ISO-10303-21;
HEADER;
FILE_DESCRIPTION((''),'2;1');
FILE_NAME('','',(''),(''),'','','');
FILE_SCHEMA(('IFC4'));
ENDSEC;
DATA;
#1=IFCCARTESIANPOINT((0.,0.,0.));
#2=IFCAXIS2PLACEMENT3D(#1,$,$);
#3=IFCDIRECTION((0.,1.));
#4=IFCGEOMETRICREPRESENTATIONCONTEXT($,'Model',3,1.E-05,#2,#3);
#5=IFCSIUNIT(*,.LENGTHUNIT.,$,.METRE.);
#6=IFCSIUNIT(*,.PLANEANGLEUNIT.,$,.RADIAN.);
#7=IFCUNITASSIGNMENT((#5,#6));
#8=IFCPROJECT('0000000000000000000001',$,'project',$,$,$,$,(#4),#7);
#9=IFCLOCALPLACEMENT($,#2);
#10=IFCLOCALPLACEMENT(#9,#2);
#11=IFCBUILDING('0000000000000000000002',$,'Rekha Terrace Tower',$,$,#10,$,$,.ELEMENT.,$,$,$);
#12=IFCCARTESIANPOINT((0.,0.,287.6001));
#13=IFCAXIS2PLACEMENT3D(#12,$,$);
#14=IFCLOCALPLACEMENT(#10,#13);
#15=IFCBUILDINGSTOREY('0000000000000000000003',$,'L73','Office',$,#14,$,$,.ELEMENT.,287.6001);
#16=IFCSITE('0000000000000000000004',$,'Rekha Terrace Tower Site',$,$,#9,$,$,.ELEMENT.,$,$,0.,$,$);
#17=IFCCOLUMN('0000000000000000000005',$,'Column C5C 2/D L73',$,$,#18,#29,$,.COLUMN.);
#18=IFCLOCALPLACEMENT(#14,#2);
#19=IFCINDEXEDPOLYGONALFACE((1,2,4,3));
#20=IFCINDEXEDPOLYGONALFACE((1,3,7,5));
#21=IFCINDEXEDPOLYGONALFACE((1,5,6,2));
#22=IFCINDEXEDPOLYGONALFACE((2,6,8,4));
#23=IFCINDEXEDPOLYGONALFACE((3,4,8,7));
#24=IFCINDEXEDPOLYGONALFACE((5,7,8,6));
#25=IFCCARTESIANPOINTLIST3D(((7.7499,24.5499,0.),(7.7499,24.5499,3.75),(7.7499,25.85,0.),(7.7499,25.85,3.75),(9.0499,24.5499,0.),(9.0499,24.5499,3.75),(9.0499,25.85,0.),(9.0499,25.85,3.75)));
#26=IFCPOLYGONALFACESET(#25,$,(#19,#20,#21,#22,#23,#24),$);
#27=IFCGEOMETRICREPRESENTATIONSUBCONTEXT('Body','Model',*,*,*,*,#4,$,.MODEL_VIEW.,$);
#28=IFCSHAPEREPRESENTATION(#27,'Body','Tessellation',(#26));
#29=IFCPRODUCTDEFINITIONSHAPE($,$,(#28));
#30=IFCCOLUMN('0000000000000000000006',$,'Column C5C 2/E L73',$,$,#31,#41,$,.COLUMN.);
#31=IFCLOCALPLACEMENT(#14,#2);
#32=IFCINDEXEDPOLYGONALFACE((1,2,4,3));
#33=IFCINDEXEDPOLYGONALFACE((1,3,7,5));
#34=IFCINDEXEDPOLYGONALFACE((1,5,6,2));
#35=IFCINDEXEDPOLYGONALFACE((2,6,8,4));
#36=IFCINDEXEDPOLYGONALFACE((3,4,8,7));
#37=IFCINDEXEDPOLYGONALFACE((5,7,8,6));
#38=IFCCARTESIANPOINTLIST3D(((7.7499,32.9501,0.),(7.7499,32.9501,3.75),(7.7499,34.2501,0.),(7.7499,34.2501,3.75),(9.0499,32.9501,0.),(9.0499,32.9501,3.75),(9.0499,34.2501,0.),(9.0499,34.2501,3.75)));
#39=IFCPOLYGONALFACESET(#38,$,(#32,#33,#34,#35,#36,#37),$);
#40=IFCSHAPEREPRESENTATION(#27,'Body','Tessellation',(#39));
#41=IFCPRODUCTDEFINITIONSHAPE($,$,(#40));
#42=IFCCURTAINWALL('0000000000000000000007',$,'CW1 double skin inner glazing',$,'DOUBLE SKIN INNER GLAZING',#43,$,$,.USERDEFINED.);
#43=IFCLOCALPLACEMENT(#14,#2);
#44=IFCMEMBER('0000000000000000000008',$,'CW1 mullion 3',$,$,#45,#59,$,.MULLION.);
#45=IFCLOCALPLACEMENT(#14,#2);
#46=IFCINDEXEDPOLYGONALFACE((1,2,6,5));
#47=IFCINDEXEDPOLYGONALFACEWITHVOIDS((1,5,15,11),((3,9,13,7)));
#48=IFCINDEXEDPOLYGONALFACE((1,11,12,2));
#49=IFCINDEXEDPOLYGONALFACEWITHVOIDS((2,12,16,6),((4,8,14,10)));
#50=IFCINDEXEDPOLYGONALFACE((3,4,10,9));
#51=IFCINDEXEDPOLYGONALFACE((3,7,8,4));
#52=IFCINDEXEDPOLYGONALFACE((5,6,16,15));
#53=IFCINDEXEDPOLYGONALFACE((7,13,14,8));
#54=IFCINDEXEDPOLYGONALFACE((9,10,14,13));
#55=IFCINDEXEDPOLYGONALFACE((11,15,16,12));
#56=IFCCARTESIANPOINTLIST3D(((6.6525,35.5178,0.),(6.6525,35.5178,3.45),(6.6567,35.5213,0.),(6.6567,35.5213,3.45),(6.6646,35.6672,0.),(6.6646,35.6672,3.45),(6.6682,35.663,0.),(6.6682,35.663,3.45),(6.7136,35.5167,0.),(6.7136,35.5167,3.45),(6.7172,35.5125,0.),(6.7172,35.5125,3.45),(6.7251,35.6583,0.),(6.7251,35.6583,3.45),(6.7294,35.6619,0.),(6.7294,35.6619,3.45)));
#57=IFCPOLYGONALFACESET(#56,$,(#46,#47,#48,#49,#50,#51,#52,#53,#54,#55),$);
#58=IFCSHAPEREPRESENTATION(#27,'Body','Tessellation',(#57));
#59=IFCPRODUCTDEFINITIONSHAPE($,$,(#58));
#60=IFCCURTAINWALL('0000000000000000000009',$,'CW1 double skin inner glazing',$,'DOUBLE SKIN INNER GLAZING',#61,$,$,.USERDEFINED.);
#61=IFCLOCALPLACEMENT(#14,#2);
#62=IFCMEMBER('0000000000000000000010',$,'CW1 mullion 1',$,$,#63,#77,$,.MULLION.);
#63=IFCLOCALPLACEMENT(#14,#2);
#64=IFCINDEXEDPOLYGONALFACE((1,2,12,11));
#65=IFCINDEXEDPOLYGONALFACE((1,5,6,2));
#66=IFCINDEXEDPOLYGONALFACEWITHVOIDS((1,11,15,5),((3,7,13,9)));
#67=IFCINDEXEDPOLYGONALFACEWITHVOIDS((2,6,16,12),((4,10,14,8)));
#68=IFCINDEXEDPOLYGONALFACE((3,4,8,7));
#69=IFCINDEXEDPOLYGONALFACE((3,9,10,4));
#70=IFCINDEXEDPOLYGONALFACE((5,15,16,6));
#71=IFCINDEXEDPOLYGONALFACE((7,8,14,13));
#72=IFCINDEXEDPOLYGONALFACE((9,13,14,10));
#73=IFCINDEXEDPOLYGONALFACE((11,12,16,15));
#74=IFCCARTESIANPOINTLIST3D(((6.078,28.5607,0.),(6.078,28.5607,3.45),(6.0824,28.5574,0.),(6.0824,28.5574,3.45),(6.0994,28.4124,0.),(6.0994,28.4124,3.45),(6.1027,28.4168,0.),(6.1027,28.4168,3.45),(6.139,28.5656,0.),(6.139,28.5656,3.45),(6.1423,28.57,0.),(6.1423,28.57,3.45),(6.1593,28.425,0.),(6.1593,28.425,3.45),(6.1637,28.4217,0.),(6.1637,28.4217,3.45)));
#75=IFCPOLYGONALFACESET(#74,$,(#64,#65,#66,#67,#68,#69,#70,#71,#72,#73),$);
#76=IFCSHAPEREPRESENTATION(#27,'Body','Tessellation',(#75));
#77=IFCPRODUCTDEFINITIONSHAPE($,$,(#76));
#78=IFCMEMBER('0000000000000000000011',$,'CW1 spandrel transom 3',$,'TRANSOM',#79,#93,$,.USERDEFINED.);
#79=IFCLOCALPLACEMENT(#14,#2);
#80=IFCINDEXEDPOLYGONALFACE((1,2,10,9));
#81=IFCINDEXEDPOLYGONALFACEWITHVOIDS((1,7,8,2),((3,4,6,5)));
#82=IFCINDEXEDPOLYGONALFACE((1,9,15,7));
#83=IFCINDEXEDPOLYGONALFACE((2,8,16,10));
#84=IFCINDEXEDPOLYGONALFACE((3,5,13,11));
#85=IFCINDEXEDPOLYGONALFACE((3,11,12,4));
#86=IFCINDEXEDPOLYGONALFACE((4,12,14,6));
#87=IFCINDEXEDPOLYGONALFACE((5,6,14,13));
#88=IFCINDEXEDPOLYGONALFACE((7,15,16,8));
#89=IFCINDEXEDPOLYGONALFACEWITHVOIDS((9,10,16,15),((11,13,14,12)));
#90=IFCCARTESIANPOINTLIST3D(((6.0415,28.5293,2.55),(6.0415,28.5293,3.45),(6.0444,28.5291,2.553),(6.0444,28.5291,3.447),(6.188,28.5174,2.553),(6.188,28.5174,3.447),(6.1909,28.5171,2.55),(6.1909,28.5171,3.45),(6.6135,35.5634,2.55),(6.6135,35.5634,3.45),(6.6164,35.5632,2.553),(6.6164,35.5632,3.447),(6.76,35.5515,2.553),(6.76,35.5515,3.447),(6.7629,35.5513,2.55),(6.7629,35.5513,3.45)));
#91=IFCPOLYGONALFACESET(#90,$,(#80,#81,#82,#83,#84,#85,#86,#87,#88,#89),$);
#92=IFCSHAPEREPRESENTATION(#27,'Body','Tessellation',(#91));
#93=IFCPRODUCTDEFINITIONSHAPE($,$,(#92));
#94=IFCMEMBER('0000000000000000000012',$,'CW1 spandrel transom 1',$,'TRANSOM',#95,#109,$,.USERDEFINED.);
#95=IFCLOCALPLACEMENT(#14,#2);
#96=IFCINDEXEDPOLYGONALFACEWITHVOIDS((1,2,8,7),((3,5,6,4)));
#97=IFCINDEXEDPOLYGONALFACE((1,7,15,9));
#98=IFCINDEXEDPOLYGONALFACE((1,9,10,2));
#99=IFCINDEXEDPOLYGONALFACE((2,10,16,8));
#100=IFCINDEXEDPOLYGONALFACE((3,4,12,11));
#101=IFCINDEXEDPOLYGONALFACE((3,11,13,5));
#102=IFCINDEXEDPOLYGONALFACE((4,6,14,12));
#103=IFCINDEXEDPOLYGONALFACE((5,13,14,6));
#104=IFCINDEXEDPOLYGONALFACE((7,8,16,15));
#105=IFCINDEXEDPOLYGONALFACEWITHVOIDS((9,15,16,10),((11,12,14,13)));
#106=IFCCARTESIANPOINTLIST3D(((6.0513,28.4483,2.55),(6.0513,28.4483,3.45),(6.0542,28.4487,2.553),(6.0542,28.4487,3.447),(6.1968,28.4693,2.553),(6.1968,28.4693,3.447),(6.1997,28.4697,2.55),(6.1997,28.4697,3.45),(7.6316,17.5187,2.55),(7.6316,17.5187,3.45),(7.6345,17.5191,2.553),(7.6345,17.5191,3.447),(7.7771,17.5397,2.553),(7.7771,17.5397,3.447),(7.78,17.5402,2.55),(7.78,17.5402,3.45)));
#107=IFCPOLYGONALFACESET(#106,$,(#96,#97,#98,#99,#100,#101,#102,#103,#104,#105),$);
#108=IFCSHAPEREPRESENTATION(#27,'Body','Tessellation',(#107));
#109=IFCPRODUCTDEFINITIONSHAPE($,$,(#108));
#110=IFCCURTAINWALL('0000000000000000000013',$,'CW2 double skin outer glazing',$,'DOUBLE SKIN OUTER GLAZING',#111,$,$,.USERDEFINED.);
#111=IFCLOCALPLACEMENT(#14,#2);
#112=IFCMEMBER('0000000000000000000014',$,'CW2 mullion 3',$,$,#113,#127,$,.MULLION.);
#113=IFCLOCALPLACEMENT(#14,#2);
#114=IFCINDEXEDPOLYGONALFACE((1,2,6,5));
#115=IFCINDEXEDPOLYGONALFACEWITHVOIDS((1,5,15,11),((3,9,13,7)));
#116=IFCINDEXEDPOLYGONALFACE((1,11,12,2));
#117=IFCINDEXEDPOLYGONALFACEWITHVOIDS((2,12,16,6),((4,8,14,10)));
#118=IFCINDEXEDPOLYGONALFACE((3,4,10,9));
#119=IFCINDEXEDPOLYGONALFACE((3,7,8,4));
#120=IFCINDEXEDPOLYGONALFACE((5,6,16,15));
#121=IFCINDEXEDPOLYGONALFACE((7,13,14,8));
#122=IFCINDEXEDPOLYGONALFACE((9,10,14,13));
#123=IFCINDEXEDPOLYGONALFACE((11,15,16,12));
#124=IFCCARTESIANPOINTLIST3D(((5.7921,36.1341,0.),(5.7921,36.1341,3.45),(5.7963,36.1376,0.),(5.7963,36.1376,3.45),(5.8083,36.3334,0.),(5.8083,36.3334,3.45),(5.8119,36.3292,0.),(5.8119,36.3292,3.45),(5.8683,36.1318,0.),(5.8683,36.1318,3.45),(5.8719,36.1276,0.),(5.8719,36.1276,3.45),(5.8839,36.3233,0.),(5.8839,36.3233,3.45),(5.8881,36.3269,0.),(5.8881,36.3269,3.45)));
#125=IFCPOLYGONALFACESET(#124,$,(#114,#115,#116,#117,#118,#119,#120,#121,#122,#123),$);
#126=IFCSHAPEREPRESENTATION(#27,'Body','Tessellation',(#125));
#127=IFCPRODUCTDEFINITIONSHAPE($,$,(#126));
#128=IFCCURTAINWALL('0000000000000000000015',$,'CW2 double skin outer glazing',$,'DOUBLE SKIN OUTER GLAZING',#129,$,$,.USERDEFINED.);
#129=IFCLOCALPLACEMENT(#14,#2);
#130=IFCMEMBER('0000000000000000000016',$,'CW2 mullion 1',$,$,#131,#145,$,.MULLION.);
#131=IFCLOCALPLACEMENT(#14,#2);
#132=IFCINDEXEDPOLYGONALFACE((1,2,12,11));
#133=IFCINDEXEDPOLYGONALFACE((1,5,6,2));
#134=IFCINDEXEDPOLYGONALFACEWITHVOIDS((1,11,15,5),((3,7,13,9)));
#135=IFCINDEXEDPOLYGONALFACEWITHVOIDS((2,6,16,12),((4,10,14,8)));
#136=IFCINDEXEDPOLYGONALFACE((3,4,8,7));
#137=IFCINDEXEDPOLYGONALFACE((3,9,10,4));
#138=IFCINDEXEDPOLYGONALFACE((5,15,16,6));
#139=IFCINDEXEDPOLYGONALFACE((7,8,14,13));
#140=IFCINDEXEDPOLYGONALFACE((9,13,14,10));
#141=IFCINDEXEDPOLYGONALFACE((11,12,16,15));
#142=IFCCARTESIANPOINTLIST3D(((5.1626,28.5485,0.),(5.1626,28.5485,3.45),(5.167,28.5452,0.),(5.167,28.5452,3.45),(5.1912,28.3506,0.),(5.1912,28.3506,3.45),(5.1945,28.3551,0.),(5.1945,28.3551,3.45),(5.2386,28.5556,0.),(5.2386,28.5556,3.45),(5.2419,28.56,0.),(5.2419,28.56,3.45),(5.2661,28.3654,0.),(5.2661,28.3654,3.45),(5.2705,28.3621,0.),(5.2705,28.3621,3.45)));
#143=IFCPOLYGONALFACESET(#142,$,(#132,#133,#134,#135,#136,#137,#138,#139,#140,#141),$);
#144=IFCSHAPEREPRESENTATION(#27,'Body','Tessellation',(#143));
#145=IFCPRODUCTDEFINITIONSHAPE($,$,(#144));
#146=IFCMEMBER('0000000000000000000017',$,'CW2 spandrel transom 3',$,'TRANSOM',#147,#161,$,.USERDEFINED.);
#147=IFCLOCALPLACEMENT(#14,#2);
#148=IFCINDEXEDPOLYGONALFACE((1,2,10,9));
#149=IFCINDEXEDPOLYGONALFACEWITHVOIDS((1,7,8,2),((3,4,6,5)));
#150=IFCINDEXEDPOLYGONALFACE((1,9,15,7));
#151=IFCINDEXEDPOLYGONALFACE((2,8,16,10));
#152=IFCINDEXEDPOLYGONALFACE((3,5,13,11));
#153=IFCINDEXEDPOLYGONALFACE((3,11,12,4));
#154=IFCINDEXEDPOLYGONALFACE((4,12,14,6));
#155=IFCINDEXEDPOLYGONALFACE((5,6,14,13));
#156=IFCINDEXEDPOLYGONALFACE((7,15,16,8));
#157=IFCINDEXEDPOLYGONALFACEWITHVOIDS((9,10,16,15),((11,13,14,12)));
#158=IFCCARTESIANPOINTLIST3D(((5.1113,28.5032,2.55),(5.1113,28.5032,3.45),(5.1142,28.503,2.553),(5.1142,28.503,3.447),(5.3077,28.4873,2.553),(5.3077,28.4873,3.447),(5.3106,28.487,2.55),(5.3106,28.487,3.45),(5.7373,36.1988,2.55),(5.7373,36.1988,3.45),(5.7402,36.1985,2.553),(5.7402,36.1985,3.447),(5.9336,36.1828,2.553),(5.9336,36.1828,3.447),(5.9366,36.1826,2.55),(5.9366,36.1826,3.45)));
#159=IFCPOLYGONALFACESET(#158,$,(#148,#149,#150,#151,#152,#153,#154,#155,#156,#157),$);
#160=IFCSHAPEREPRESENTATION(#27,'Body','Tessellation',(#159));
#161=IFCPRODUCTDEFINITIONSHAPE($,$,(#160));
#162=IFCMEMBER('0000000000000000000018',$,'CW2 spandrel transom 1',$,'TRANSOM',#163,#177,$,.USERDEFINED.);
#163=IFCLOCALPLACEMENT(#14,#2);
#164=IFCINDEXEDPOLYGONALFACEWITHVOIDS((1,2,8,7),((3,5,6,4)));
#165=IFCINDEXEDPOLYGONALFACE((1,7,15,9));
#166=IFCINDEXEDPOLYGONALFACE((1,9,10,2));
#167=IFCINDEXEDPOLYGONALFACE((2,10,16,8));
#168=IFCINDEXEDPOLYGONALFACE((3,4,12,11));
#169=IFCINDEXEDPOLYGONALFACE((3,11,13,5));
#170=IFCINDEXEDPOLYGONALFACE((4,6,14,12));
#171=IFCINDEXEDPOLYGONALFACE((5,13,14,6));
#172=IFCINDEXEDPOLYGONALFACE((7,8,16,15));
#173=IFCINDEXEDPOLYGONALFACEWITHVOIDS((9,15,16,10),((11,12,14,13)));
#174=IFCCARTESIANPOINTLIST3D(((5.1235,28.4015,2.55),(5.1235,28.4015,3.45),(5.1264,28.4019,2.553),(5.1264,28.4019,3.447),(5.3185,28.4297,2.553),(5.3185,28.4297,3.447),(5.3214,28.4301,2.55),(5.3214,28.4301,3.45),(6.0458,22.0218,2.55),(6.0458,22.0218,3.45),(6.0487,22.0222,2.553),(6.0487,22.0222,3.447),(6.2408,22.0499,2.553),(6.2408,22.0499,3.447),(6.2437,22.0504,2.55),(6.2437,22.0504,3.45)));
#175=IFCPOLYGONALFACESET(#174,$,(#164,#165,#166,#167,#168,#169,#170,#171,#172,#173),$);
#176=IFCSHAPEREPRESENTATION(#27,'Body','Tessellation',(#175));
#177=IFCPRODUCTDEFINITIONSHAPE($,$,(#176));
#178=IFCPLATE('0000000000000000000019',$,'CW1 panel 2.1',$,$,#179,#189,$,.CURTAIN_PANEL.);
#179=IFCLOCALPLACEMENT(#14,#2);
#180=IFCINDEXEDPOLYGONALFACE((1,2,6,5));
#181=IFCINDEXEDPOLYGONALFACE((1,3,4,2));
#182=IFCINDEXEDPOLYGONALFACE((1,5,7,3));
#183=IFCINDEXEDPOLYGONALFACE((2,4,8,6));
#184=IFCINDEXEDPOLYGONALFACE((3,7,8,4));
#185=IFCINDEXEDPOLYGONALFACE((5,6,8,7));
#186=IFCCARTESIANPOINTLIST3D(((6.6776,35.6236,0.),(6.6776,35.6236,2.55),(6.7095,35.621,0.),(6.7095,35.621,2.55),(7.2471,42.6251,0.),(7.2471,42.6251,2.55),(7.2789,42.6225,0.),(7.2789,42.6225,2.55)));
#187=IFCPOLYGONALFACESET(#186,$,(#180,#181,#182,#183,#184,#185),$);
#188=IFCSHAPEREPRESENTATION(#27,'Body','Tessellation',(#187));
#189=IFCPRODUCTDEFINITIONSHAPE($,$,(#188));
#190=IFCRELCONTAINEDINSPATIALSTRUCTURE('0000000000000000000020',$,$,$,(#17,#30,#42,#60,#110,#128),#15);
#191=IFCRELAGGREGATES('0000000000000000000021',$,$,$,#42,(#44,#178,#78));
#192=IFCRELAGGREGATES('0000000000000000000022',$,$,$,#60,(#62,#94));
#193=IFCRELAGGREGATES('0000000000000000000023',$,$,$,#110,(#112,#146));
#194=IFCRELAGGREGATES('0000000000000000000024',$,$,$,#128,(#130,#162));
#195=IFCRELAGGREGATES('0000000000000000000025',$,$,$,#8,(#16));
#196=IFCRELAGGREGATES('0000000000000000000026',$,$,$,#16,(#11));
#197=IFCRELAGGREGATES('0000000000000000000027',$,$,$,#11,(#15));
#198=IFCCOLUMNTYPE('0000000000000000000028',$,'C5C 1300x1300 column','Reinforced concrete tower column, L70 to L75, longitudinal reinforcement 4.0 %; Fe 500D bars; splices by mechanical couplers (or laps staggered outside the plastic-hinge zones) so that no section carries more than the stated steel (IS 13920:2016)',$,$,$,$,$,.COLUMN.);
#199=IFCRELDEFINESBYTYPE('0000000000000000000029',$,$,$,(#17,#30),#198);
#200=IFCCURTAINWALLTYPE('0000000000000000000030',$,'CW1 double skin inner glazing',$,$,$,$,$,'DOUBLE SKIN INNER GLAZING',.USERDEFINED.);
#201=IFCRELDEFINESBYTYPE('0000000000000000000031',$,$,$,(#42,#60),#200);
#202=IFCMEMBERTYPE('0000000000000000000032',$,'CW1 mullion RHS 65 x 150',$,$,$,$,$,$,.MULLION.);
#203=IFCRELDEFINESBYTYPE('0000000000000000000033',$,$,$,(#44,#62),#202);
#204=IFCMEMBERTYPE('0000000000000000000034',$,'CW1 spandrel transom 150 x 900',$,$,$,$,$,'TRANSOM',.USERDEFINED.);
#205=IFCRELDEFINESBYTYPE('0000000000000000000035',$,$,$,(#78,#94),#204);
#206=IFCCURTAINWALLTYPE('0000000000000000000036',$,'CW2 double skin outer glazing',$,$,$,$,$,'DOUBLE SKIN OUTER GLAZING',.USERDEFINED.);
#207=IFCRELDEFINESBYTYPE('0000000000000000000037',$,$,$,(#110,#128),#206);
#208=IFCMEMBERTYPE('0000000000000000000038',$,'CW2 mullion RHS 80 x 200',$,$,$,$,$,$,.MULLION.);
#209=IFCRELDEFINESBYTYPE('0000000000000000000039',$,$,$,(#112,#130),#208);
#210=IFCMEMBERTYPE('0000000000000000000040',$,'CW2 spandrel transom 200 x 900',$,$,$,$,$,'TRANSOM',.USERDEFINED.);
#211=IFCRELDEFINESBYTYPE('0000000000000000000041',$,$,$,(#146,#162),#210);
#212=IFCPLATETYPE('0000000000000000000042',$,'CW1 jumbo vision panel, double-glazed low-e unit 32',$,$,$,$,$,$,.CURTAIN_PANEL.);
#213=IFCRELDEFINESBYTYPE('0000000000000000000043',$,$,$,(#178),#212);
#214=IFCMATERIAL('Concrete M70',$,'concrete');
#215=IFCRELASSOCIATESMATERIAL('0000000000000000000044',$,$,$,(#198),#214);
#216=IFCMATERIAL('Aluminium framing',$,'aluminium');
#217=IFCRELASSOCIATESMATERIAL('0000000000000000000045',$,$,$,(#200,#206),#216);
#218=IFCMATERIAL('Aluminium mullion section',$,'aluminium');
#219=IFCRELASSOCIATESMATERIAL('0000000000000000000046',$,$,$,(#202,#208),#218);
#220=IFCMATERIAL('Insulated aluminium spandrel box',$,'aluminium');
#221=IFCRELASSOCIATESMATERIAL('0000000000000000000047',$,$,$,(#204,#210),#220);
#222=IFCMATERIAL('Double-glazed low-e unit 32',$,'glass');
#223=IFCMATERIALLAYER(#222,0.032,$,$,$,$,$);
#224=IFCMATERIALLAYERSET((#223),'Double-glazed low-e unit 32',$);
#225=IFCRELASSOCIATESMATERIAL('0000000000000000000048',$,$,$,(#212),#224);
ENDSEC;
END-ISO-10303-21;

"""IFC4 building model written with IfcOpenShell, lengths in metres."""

from ifc_helpers import new_model, si_unit, direction, frame, origin, origin_2d, place, context, subcontext, project, spatial, rectangle, hollow_rectangle, extrude, material, layer, layer_set, material_profile, profile_set, type_object, element, aggregate, save


model = new_model("IFC4")

# Units and contexts
model_context = context("Model", 3, precision=1e-05, world=origin(), true_north=direction((0.0, 1.0)))
body_context = subcontext(model_context, "Body", "Model", "MODEL_VIEW")
ifc_project = project(units=[si_unit("LENGTHUNIT", "METRE"), si_unit("PLANEANGLEUNIT", "RADIAN")], contexts=[model_context])

# Site, building, storey
site_placement = place(None, origin())
site = spatial("IfcSite", under=ifc_project, at=site_placement, Name="Rekha Terrace Tower Site", CompositionType="ELEMENT", RefElevation=0.0)
building_placement = place(site_placement, origin())
building = spatial("IfcBuilding", under=site, at=building_placement, Name="Rekha Terrace Tower", CompositionType="ELEMENT")
storey_placement = place(building_placement, frame((0.0, 0.0, 287.6001)))
storey = spatial("IfcBuildingStorey", under=building, at=storey_placement, Name="L73", Description="Office", CompositionType="ELEMENT", Elevation=287.6001)

# Columns
ifc_material_1 = material(Name="Concrete M70", Category="concrete")
ifc_material_profile_1 = material_profile(ifc_material_1, rectangle(XDim=1.3, YDim=1.3, at=origin_2d()), Name="RC 1300x1300")
ifc_profile_set_1 = profile_set([ifc_material_profile_1], Name="Concrete M70")
column_type = type_object("IfcColumnType", Name="C5C 1300x1300 column", Description="Reinforced concrete tower column, L70 to L75, longitudinal reinforcement 4.0 %; Fe 500D bars; splices by mechanical couplers (or laps staggered outside the plastic-hinge zones) so that no section carries more than the stated steel (IS 13920:2016)", PredefinedType="COLUMN", material=ifc_profile_set_1)
for number, where, z_axis, x_axis, name in (
    (1, (8.3999, 25.2, 0.0), (0.0, 0.0, 1.0), (1.0, 0.0, 0.0), "Column C5C 2/D L73"),
    (2, (8.3999, 33.6001, 0.0), (0.0, 0.0, 1.0), (1.0, 0.0, 0.0), "Column C5C 2/E L73"),
):
    element("IfcColumn", number, at=place(storey_placement, frame(where, z_axis=z_axis, x_axis=x_axis)), inside=storey, type_object=column_type, Name=name, PredefinedType="COLUMN", context=body_context, shape_type="SweptSolid", body=[
        extrude(rectangle(XDim=1.3, YDim=1.3, at=origin_2d()), origin(), (0.0, 0.0, 1.0), 3.75),
    ])

# Curtain walls, members
ifc_material_2 = material(Name="Aluminium framing", Category="aluminium")
curtain_wall_type_1 = type_object("IfcCurtainWallType", Name="CW1 double skin inner glazing", ElementType="DOUBLE SKIN INNER GLAZING", PredefinedType="USERDEFINED", material=ifc_material_2)
curtain_wall_1_placement = place(storey_placement, origin())
curtain_wall_1 = element("IfcCurtainWall", 3, at=curtain_wall_1_placement, inside=storey, type_object=curtain_wall_type_1, Name="CW1 double skin inner glazing", ObjectType="DOUBLE SKIN INNER GLAZING", PredefinedType="USERDEFINED")
ifc_material_3 = material(Name="Aluminium mullion section", Category="aluminium")
ifc_material_profile_2 = material_profile(ifc_material_3, hollow_rectangle(XDim=0.0649, YDim=0.1499, WallThickness=0.0039, at=origin_2d()), Name="AL RHS 65x150")
ifc_profile_set_2 = profile_set([ifc_material_profile_2], Name="Aluminium mullion section")
member_type_1 = type_object("IfcMemberType", Name="CW1 mullion RHS 65 x 150", PredefinedType="MULLION", material=ifc_profile_set_2)
member_1_placement = place(storey_placement, frame((6.6909, 35.5898, 0.0), z_axis=(0.0, 0.0, 1.0), x_axis=(0.996709, -0.081068, 0.0)))
member_1 = element("IfcMember", 4, at=member_1_placement, type_object=member_type_1, Name="CW1 mullion 3", PredefinedType="MULLION", context=body_context, shape_type="SweptSolid", body=[
    extrude(hollow_rectangle(XDim=0.0649, YDim=0.1499, WallThickness=0.0039, at=origin_2d()), origin(), (0.0, 0.0, 1.0), 3.45),
])
curtain_wall_2_placement = place(storey_placement, origin())
curtain_wall_2 = element("IfcCurtainWall", 5, at=curtain_wall_2_placement, inside=storey, type_object=curtain_wall_type_1, Name="CW1 double skin inner glazing", ObjectType="DOUBLE SKIN INNER GLAZING", PredefinedType="USERDEFINED")
member_2_placement = place(storey_placement, frame((6.1208, 28.4912, 0.0), z_axis=(0.0, 0.0, 1.0), x_axis=(0.989707, 0.143108, 0.0)))
member_2 = element("IfcMember", 6, at=member_2_placement, type_object=member_type_1, Name="CW1 mullion 1", PredefinedType="MULLION", context=body_context, shape_type="SweptSolid", body=[
    extrude(hollow_rectangle(XDim=0.0649, YDim=0.1499, WallThickness=0.0039, at=origin_2d()), origin(), (0.0, 0.0, 1.0), 3.45),
])

# Members
ifc_material_4 = material(Name="Insulated aluminium spandrel box", Category="aluminium")
ifc_material_profile_3 = material_profile(ifc_material_4, hollow_rectangle(XDim=0.1499, YDim=0.8999, WallThickness=0.0029, at=origin_2d()), Name="AL SPANDREL BOX 150x900")
ifc_profile_set_3 = profile_set([ifc_material_profile_3], Name="Insulated aluminium spandrel box")
member_type_2 = type_object("IfcMemberType", Name="CW1 spandrel transom 150 x 900", ElementType="TRANSOM", PredefinedType="USERDEFINED", material=ifc_profile_set_3)
member_3_placement = place(storey_placement, frame((6.6882, 35.5574, 3.0), z_axis=(-0.081053, -0.99671, 0.0), x_axis=(0.99671, -0.081053, 0.0)))
member_3 = element("IfcMember", 7, at=member_3_placement, type_object=member_type_2, Name="CW1 spandrel transom 3", ObjectType="TRANSOM", PredefinedType="USERDEFINED", context=body_context, shape_type="SweptSolid", body=[
    extrude(hollow_rectangle(XDim=0.1499, YDim=0.8999, WallThickness=0.0029, at=origin_2d()), origin(), (0.0, 0.0, 1.0), 7.0574),
])
member_4_placement = place(storey_placement, frame((6.1255, 28.459, 3.0), z_axis=(0.143105, -0.989708, 0.0), x_axis=(0.989708, 0.143105, 0.0)))
member_4 = element("IfcMember", 8, at=member_4_placement, type_object=member_type_2, Name="CW1 spandrel transom 1", ObjectType="TRANSOM", PredefinedType="USERDEFINED", context=body_context, shape_type="SweptSolid", body=[
    extrude(hollow_rectangle(XDim=0.1499, YDim=0.8999, WallThickness=0.0029, at=origin_2d()), origin(), (0.0, 0.0, 1.0), 11.0432),
])

# Curtain walls, members
curtain_wall_type_2 = type_object("IfcCurtainWallType", Name="CW2 double skin outer glazing", ElementType="DOUBLE SKIN OUTER GLAZING", PredefinedType="USERDEFINED", material=ifc_material_2)
curtain_wall_3_placement = place(storey_placement, origin())
curtain_wall_3 = element("IfcCurtainWall", 9, at=curtain_wall_3_placement, inside=storey, type_object=curtain_wall_type_2, Name="CW2 double skin outer glazing", ObjectType="DOUBLE SKIN OUTER GLAZING", PredefinedType="USERDEFINED")
ifc_material_profile_4 = material_profile(ifc_material_3, hollow_rectangle(XDim=0.0801, YDim=0.2, WallThickness=0.0039, at=origin_2d()), Name="AL RHS 80x200")
ifc_profile_set_4 = profile_set([ifc_material_profile_4], Name="Aluminium mullion section")
member_type_3 = type_object("IfcMemberType", Name="CW2 mullion RHS 80 x 200", PredefinedType="MULLION", material=ifc_profile_set_4)
member_5_placement = place(storey_placement, frame((5.8401, 36.2305, 0.0), z_axis=(0.0, 0.0, 1.0), x_axis=(0.996709, -0.081068, 0.0)))
member_5 = element("IfcMember", 10, at=member_5_placement, type_object=member_type_3, Name="CW2 mullion 3", PredefinedType="MULLION", context=body_context, shape_type="SweptSolid", body=[
    extrude(hollow_rectangle(XDim=0.0801, YDim=0.2, WallThickness=0.0039, at=origin_2d()), origin(), (0.0, 0.0, 1.0), 3.45),
])
curtain_wall_4_placement = place(storey_placement, origin())
curtain_wall_4 = element("IfcCurtainWall", 11, at=curtain_wall_4_placement, inside=storey, type_object=curtain_wall_type_2, Name="CW2 double skin outer glazing", ObjectType="DOUBLE SKIN OUTER GLAZING", PredefinedType="USERDEFINED")
member_6_placement = place(storey_placement, frame((5.2166, 28.4553, 0.0), z_axis=(0.0, 0.0, 1.0), x_axis=(0.989707, 0.143108, 0.0)))
member_6 = element("IfcMember", 12, at=member_6_placement, type_object=member_type_3, Name="CW2 mullion 1", PredefinedType="MULLION", context=body_context, shape_type="SweptSolid", body=[
    extrude(hollow_rectangle(XDim=0.0801, YDim=0.2, WallThickness=0.0039, at=origin_2d()), origin(), (0.0, 0.0, 1.0), 3.45),
])

# Members
ifc_material_profile_5 = material_profile(ifc_material_4, hollow_rectangle(XDim=0.2, YDim=0.8999, WallThickness=0.0029, at=origin_2d()), Name="AL SPANDREL BOX 200x900")
ifc_profile_set_5 = profile_set([ifc_material_profile_5], Name="Insulated aluminium spandrel box")
member_type_4 = type_object("IfcMemberType", Name="CW2 spandrel transom 200 x 900", ElementType="TRANSOM", PredefinedType="USERDEFINED", material=ifc_profile_set_5)
member_7_placement = place(storey_placement, frame((5.8369, 36.1907, 3.0), z_axis=(-0.081075, -0.996708, 0.0), x_axis=(0.996708, -0.081075, 0.0)))
member_7 = element("IfcMember", 13, at=member_7_placement, type_object=member_type_4, Name="CW2 spandrel transom 3", ObjectType="TRANSOM", PredefinedType="USERDEFINED", context=body_context, shape_type="SweptSolid", body=[
    extrude(hollow_rectangle(XDim=0.2, YDim=0.8999, WallThickness=0.0029, at=origin_2d()), origin(), (0.0, 0.0, 1.0), 7.7209),
])
member_8_placement = place(storey_placement, frame((5.2224, 28.4158, 3.0), z_axis=(0.143091, -0.989709, 0.0), x_axis=(0.989709, 0.143091, 0.0)))
member_8 = element("IfcMember", 14, at=member_8_placement, type_object=member_type_4, Name="CW2 spandrel transom 1", ObjectType="TRANSOM", PredefinedType="USERDEFINED", context=body_context, shape_type="SweptSolid", body=[
    extrude(hollow_rectangle(XDim=0.2, YDim=0.8999, WallThickness=0.0029, at=origin_2d()), origin(), (0.0, 0.0, 1.0), 6.446),
])

# Plate
ifc_material_5 = material(Name="Double-glazed low-e unit 32", Category="glass")
ifc_layer_1 = layer(ifc_material_5, 0.032)
ifc_layer_set_1 = layer_set([ifc_layer_1], Name="Double-glazed low-e unit 32")
plate_type_1 = type_object("IfcPlateType", Name="CW1 jumbo vision panel, double-glazed low-e unit 32", PredefinedType="CURTAIN_PANEL", material=ifc_layer_set_1)
plate_1_placement = place(storey_placement, frame((6.9783, 39.123, 0.0), z_axis=(0.0, 0.0, 1.0), x_axis=(-0.081068, -0.996709, 0.0)))
plate_1 = element("IfcPlate", 15, at=plate_1_placement, type_object=plate_type_1, Name="CW1 panel 2.1", PredefinedType="CURTAIN_PANEL", context=body_context, shape_type="SweptSolid", body=[
    extrude(rectangle(XDim=7.0247, YDim=0.032, at=origin_2d()), origin(), (0.0, 0.0, 1.0), 2.55),
])
aggregate(curtain_wall_1, [member_1, plate_1, member_3])
aggregate(curtain_wall_2, [member_2, member_4])
aggregate(curtain_wall_3, [member_5, member_7])
aggregate(curtain_wall_4, [member_6, member_8])

save(model, "model.ifc")
